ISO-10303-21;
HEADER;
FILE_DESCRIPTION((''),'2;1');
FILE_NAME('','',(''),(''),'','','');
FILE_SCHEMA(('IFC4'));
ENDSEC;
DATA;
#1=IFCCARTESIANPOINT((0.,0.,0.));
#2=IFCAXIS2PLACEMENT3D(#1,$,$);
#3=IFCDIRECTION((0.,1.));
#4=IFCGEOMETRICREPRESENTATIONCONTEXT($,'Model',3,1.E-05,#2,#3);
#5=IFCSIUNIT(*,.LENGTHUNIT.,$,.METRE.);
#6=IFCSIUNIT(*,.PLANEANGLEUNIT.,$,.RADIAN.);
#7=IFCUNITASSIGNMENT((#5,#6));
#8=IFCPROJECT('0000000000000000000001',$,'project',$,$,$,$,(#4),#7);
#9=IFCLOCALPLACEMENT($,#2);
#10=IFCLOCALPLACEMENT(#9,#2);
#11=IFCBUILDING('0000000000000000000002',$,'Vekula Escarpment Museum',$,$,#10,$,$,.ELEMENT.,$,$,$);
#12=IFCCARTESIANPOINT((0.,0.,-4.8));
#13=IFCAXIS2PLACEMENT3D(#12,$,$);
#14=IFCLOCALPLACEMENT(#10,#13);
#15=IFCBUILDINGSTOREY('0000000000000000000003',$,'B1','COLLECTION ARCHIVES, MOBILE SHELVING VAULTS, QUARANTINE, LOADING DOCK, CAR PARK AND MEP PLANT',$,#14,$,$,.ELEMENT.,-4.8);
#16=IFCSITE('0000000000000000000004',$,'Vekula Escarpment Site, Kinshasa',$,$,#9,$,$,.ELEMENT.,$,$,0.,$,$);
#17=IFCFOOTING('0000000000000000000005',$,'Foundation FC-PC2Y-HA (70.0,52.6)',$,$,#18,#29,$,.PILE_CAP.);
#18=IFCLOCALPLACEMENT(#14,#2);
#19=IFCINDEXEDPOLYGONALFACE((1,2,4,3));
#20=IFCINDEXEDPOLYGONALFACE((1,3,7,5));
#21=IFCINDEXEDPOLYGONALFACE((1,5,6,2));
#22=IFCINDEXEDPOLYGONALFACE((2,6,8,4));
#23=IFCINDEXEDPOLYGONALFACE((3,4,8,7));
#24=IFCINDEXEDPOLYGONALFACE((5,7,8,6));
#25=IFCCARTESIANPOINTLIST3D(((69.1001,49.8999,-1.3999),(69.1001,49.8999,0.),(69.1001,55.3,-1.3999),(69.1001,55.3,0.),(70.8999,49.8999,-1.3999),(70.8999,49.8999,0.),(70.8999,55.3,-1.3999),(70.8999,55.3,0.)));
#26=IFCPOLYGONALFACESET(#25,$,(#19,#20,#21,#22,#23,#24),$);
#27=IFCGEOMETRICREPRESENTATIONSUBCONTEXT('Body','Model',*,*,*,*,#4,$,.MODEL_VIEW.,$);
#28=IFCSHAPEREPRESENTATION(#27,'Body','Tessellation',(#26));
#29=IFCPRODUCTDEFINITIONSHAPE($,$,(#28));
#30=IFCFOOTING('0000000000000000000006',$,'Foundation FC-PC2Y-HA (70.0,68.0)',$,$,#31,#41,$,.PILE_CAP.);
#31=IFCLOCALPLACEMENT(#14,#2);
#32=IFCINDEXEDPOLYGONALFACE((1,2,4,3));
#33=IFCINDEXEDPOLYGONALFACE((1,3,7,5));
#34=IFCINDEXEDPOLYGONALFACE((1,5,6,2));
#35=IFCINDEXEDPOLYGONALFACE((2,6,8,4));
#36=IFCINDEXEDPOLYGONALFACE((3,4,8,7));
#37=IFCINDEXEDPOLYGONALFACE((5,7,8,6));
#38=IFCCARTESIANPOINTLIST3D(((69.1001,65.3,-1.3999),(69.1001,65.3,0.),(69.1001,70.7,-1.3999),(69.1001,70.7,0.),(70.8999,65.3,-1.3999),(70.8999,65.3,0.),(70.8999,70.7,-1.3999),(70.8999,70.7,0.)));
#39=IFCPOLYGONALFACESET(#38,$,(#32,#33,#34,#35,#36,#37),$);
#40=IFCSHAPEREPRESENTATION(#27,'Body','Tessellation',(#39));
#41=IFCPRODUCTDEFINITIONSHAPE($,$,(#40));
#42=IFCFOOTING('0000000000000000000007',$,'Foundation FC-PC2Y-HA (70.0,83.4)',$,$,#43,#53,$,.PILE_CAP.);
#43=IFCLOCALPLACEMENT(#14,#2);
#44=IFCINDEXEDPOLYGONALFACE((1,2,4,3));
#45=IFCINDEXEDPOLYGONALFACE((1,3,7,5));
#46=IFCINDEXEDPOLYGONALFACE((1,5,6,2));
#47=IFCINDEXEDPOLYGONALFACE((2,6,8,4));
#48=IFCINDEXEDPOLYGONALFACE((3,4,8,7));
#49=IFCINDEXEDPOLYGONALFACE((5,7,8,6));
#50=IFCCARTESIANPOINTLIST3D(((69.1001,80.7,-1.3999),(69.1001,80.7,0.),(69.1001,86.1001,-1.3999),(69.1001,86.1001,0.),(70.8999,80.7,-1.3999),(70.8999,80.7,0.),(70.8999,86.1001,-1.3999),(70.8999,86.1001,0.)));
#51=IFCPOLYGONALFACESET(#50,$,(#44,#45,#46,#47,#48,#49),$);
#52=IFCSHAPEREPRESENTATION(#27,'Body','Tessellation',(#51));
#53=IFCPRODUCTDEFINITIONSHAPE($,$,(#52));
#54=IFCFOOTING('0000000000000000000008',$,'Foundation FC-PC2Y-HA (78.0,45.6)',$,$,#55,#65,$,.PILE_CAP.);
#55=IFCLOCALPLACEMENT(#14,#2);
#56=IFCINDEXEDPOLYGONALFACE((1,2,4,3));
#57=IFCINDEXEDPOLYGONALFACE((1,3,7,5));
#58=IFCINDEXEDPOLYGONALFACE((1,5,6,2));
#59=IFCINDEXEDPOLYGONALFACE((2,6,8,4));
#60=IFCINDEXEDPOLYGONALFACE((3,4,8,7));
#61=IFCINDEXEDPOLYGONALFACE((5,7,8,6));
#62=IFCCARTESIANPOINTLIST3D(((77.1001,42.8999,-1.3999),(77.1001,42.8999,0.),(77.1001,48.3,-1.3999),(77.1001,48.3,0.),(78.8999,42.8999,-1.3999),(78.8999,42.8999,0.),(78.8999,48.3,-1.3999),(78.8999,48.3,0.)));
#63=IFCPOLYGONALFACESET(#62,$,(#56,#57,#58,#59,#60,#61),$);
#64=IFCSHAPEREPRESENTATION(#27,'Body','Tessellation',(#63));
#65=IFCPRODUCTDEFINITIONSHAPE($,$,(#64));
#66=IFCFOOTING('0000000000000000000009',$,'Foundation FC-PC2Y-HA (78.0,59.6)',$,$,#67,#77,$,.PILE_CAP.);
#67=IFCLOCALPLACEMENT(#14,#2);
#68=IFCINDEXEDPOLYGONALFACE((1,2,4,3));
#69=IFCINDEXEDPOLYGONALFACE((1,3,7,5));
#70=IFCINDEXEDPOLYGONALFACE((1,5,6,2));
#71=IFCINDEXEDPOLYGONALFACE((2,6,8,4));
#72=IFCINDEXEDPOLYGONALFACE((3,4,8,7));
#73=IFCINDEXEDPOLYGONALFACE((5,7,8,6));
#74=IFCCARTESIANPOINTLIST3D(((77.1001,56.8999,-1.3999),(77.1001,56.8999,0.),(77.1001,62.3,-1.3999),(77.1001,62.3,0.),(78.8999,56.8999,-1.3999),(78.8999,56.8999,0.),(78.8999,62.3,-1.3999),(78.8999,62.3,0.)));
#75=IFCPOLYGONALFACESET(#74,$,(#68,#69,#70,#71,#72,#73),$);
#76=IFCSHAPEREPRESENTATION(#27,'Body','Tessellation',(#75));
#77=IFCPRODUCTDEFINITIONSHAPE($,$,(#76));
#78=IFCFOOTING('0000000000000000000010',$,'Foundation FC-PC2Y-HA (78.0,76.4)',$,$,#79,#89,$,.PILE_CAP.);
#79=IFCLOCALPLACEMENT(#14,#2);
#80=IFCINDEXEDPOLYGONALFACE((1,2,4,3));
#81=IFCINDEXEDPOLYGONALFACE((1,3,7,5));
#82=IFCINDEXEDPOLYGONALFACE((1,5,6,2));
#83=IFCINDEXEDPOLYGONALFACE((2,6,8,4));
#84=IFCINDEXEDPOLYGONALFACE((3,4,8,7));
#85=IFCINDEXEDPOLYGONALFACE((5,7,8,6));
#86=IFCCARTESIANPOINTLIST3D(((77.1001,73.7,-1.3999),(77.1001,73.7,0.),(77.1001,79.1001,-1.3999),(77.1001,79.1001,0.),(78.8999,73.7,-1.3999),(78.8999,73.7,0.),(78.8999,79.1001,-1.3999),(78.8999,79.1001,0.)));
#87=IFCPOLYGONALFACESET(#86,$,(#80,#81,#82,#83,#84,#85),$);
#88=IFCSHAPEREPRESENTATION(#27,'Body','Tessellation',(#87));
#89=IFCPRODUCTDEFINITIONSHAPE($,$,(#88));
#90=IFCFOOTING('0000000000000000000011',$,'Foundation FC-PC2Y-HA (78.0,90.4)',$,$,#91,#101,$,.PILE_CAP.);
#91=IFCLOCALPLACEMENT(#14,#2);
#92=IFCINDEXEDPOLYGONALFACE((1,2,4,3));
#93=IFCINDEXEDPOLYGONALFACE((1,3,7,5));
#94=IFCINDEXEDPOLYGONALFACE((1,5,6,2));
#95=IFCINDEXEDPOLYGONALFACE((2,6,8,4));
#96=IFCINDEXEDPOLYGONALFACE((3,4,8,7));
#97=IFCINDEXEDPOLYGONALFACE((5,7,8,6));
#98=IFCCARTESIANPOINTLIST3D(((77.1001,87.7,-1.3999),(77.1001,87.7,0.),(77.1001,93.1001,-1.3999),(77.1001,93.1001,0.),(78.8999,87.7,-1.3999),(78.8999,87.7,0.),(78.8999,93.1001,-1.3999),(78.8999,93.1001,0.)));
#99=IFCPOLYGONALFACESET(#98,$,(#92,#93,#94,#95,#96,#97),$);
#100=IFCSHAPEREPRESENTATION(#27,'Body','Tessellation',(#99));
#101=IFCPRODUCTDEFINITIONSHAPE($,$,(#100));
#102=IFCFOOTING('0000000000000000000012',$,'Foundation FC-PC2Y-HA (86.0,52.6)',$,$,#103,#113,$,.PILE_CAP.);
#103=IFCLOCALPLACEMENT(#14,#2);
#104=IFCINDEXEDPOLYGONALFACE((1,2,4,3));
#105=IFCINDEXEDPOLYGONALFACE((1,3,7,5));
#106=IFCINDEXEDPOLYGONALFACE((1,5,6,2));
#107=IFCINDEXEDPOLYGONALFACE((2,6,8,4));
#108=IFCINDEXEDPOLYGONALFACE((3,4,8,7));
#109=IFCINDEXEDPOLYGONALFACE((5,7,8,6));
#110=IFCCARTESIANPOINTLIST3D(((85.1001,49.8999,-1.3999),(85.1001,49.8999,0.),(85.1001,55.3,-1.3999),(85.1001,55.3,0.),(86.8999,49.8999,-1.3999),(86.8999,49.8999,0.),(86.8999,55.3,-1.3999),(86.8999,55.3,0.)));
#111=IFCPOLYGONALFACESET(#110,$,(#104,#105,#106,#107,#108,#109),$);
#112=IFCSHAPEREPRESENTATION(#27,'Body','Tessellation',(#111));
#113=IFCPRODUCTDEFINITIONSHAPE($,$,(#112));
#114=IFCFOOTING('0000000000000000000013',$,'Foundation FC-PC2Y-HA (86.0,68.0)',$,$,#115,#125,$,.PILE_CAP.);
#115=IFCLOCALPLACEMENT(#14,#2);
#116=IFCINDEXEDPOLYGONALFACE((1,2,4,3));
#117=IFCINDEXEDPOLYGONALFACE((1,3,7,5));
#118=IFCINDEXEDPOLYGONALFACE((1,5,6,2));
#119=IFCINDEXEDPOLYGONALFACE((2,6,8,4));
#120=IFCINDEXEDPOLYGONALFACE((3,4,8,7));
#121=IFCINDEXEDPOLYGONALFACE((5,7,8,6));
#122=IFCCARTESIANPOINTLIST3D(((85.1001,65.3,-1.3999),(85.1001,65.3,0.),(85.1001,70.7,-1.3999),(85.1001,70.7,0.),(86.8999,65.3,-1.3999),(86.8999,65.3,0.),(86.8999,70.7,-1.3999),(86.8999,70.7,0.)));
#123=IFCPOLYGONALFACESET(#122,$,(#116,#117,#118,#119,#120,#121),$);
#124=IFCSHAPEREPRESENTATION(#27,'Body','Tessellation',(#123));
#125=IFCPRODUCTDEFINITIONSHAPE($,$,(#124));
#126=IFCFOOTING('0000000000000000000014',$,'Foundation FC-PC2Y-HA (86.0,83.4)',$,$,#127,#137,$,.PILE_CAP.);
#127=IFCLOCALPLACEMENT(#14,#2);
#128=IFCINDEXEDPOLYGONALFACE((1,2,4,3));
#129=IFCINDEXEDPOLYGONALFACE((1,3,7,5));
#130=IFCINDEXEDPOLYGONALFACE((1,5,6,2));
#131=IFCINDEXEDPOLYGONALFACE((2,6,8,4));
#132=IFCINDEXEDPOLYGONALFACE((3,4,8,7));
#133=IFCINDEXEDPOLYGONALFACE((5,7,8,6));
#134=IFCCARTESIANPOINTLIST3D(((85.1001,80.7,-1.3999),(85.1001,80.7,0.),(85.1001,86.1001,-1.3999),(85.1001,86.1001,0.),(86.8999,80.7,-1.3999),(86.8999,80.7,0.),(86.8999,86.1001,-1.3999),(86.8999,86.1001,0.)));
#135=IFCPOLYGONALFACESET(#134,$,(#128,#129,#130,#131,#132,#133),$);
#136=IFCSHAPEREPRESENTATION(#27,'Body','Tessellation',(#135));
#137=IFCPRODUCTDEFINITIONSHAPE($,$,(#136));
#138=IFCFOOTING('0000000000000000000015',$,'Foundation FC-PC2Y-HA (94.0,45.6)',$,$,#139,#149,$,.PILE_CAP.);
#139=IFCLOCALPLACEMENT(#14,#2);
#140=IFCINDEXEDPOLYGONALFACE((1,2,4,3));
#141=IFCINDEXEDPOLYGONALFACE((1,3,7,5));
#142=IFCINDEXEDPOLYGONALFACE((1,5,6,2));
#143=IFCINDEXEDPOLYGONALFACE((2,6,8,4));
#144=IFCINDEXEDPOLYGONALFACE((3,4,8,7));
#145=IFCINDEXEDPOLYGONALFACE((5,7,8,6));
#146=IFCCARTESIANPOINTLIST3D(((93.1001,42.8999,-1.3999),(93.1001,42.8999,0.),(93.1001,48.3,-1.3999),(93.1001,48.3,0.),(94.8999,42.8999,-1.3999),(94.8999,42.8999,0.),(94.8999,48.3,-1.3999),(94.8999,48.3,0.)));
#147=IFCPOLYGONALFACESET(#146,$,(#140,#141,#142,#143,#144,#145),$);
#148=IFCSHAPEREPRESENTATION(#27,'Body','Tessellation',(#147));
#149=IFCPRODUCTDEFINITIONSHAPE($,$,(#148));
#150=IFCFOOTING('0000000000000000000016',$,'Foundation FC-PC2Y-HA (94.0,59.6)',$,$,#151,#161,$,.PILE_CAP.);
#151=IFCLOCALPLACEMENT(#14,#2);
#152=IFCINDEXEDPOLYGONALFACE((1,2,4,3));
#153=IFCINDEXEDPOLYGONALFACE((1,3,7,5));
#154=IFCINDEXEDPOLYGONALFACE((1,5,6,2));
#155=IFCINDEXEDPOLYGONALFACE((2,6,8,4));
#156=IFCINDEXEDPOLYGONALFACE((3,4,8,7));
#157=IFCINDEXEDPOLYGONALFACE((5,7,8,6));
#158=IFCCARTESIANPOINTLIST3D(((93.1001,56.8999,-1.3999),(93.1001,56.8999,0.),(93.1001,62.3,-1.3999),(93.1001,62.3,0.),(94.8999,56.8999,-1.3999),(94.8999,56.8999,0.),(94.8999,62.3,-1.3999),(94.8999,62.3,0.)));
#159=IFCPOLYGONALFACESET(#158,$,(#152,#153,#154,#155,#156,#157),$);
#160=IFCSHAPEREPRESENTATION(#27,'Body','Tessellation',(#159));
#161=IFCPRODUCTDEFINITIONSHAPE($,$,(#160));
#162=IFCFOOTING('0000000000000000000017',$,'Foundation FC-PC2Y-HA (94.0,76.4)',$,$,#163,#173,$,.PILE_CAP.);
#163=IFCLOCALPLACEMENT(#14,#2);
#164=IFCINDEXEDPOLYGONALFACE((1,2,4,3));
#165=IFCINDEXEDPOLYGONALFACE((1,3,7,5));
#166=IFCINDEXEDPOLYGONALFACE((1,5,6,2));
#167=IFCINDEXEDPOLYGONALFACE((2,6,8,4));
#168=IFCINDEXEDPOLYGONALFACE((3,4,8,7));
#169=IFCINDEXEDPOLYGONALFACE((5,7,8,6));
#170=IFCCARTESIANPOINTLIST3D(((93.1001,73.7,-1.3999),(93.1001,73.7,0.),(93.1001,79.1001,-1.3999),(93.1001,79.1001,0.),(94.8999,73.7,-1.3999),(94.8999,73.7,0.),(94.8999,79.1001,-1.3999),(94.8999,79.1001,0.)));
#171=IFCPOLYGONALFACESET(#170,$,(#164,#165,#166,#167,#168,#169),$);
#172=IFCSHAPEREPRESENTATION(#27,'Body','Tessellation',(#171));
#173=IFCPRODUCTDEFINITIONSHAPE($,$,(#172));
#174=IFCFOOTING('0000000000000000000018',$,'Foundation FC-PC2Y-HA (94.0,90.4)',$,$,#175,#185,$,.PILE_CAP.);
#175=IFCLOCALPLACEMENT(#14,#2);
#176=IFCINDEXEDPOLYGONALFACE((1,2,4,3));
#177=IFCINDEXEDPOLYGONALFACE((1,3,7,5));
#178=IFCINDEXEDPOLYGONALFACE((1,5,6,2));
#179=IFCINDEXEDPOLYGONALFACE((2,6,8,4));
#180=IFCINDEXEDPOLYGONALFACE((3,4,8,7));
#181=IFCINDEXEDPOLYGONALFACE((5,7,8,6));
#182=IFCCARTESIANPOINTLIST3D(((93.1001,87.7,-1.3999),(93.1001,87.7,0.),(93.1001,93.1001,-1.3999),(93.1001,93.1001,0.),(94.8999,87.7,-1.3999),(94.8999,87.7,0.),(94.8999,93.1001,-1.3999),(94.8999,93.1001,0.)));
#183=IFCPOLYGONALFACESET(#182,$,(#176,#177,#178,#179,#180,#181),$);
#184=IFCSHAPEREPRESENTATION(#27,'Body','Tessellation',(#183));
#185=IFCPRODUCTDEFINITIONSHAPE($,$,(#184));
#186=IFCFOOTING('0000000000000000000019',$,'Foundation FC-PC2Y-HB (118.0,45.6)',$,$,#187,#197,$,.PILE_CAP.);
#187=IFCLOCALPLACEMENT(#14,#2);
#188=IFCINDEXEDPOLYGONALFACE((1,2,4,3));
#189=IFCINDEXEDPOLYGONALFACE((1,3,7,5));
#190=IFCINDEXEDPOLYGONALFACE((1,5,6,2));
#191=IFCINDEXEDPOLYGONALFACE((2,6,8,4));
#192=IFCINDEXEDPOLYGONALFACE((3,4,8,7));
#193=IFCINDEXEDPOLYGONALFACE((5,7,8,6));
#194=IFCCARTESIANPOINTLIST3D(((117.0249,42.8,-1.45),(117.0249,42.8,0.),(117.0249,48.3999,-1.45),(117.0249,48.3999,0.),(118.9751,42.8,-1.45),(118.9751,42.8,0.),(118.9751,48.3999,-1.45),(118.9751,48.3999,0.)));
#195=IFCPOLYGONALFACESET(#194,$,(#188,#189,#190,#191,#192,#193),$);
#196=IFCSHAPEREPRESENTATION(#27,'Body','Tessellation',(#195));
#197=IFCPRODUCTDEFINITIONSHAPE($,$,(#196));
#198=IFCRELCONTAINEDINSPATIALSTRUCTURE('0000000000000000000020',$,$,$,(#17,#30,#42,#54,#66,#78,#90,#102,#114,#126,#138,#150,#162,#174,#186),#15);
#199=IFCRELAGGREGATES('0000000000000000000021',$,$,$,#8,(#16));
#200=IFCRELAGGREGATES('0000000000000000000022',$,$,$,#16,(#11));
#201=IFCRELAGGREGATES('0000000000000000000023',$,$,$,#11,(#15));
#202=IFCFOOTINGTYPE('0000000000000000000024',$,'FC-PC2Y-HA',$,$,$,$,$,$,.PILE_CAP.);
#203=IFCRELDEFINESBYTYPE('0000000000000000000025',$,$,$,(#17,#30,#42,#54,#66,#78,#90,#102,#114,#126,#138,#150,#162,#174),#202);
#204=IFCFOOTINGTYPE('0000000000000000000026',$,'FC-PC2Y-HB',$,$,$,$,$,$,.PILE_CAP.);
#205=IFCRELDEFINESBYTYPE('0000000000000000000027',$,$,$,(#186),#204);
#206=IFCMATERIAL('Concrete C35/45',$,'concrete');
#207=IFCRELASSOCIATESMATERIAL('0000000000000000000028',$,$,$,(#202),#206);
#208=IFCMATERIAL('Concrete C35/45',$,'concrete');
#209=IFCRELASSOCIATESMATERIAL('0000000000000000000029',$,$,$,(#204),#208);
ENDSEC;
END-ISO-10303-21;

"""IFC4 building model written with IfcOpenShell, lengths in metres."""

from ifc_helpers import new_model, si_unit, direction, frame, origin, place, context, subcontext, project, spatial, polyline, outline, extrude, material, type_object, element, save


model = new_model("IFC4")

# Units and contexts
model_context = context("Model", 3, precision=1e-05, world=origin(), true_north=direction((0.0, 1.0)))
body_context = subcontext(model_context, "Body", "Model", "MODEL_VIEW")
ifc_project = project(units=[si_unit("LENGTHUNIT", "METRE"), si_unit("PLANEANGLEUNIT", "RADIAN")], contexts=[model_context])

# Site, building, storey
site_placement = place(None, origin())
site = spatial("IfcSite", under=ifc_project, at=site_placement, Name="Vekula Escarpment Site, Kinshasa", CompositionType="ELEMENT", RefElevation=0.0)
building_placement = place(site_placement, origin())
building = spatial("IfcBuilding", under=site, at=building_placement, Name="Vekula Escarpment Museum", CompositionType="ELEMENT")
storey_placement = place(building_placement, frame((0.0, 0.0, -4.8)))
storey = spatial("IfcBuildingStorey", under=building, at=storey_placement, Name="B1", Description="COLLECTION ARCHIVES, MOBILE SHELVING VAULTS, QUARANTINE, LOADING DOCK, CAR PARK AND MEP PLANT", CompositionType="ELEMENT", Elevation=-4.8)

# Footings
ifc_material_1 = material(Name="Concrete C35/45", Category="concrete")
footing_type_1 = type_object("IfcFootingType", Name="FC-PC2Y-HA", PredefinedType="PILE_CAP", material=ifc_material_1)
footing_1_placement = place(storey_placement, frame((0.0, 0.0, -1.3999)))
element("IfcFooting", 1, at=footing_1_placement, inside=storey, type_object=footing_type_1, Name="Foundation FC-PC2Y-HA (70.0,52.6)", PredefinedType="PILE_CAP", context=body_context, shape_type="SweptSolid", body=[
    extrude(outline(polyline([(69.1001, 49.8999), (70.8999, 49.8999), (70.8999, 55.3), (69.1001, 55.3), (69.1001, 49.8999)])), origin(), (0.0, 0.0, 1.0), 1.3999),
])
footing_2_placement = place(storey_placement, frame((0.0, 0.0, -1.3999)))
element("IfcFooting", 2, at=footing_2_placement, inside=storey, type_object=footing_type_1, Name="Foundation FC-PC2Y-HA (70.0,68.0)", PredefinedType="PILE_CAP", context=body_context, shape_type="SweptSolid", body=[
    extrude(outline(polyline([(69.1001, 65.3), (70.8999, 65.3), (70.8999, 70.7), (69.1001, 70.7), (69.1001, 65.3)])), origin(), (0.0, 0.0, 1.0), 1.3999),
])
footing_3_placement = place(storey_placement, frame((0.0, 0.0, -1.3999)))
element("IfcFooting", 3, at=footing_3_placement, inside=storey, type_object=footing_type_1, Name="Foundation FC-PC2Y-HA (70.0,83.4)", PredefinedType="PILE_CAP", context=body_context, shape_type="SweptSolid", body=[
    extrude(outline(polyline([(69.1001, 80.7), (70.8999, 80.7), (70.8999, 86.1001), (69.1001, 86.1001), (69.1001, 80.7)])), origin(), (0.0, 0.0, 1.0), 1.3999),
])
footing_4_placement = place(storey_placement, frame((0.0, 0.0, -1.3999)))
element("IfcFooting", 4, at=footing_4_placement, inside=storey, type_object=footing_type_1, Name="Foundation FC-PC2Y-HA (78.0,45.6)", PredefinedType="PILE_CAP", context=body_context, shape_type="SweptSolid", body=[
    extrude(outline(polyline([(77.1001, 42.8999), (78.8999, 42.8999), (78.8999, 48.3), (77.1001, 48.3), (77.1001, 42.8999)])), origin(), (0.0, 0.0, 1.0), 1.3999),
])
footing_5_placement = place(storey_placement, frame((0.0, 0.0, -1.3999)))
element("IfcFooting", 5, at=footing_5_placement, inside=storey, type_object=footing_type_1, Name="Foundation FC-PC2Y-HA (78.0,59.6)", PredefinedType="PILE_CAP", context=body_context, shape_type="SweptSolid", body=[
    extrude(outline(polyline([(77.1001, 56.8999), (78.8999, 56.8999), (78.8999, 62.3), (77.1001, 62.3), (77.1001, 56.8999)])), origin(), (0.0, 0.0, 1.0), 1.3999),
])
footing_6_placement = place(storey_placement, frame((0.0, 0.0, -1.3999)))
element("IfcFooting", 6, at=footing_6_placement, inside=storey, type_object=footing_type_1, Name="Foundation FC-PC2Y-HA (78.0,76.4)", PredefinedType="PILE_CAP", context=body_context, shape_type="SweptSolid", body=[
    extrude(outline(polyline([(77.1001, 73.7), (78.8999, 73.7), (78.8999, 79.1001), (77.1001, 79.1001), (77.1001, 73.7)])), origin(), (0.0, 0.0, 1.0), 1.3999),
])
footing_7_placement = place(storey_placement, frame((0.0, 0.0, -1.3999)))
element("IfcFooting", 7, at=footing_7_placement, inside=storey, type_object=footing_type_1, Name="Foundation FC-PC2Y-HA (78.0,90.4)", PredefinedType="PILE_CAP", context=body_context, shape_type="SweptSolid", body=[
    extrude(outline(polyline([(77.1001, 87.7), (78.8999, 87.7), (78.8999, 93.1001), (77.1001, 93.1001), (77.1001, 87.7)])), origin(), (0.0, 0.0, 1.0), 1.3999),
])
footing_8_placement = place(storey_placement, frame((0.0, 0.0, -1.3999)))
element("IfcFooting", 8, at=footing_8_placement, inside=storey, type_object=footing_type_1, Name="Foundation FC-PC2Y-HA (86.0,52.6)", PredefinedType="PILE_CAP", context=body_context, shape_type="SweptSolid", body=[
    extrude(outline(polyline([(85.1001, 49.8999), (86.8999, 49.8999), (86.8999, 55.3), (85.1001, 55.3), (85.1001, 49.8999)])), origin(), (0.0, 0.0, 1.0), 1.3999),
])
footing_9_placement = place(storey_placement, frame((0.0, 0.0, -1.3999)))
element("IfcFooting", 9, at=footing_9_placement, inside=storey, type_object=footing_type_1, Name="Foundation FC-PC2Y-HA (86.0,68.0)", PredefinedType="PILE_CAP", context=body_context, shape_type="SweptSolid", body=[
    extrude(outline(polyline([(85.1001, 65.3), (86.8999, 65.3), (86.8999, 70.7), (85.1001, 70.7), (85.1001, 65.3)])), origin(), (0.0, 0.0, 1.0), 1.3999),
])
footing_10_placement = place(storey_placement, frame((0.0, 0.0, -1.3999)))
element("IfcFooting", 10, at=footing_10_placement, inside=storey, type_object=footing_type_1, Name="Foundation FC-PC2Y-HA (86.0,83.4)", PredefinedType="PILE_CAP", context=body_context, shape_type="SweptSolid", body=[
    extrude(outline(polyline([(85.1001, 80.7), (86.8999, 80.7), (86.8999, 86.1001), (85.1001, 86.1001), (85.1001, 80.7)])), origin(), (0.0, 0.0, 1.0), 1.3999),
])
footing_11_placement = place(storey_placement, frame((0.0, 0.0, -1.3999)))
element("IfcFooting", 11, at=footing_11_placement, inside=storey, type_object=footing_type_1, Name="Foundation FC-PC2Y-HA (94.0,45.6)", PredefinedType="PILE_CAP", context=body_context, shape_type="SweptSolid", body=[
    extrude(outline(polyline([(93.1001, 42.8999), (94.8999, 42.8999), (94.8999, 48.3), (93.1001, 48.3), (93.1001, 42.8999)])), origin(), (0.0, 0.0, 1.0), 1.3999),
])
footing_12_placement = place(storey_placement, frame((0.0, 0.0, -1.3999)))
element("IfcFooting", 12, at=footing_12_placement, inside=storey, type_object=footing_type_1, Name="Foundation FC-PC2Y-HA (94.0,59.6)", PredefinedType="PILE_CAP", context=body_context, shape_type="SweptSolid", body=[
    extrude(outline(polyline([(93.1001, 56.8999), (94.8999, 56.8999), (94.8999, 62.3), (93.1001, 62.3), (93.1001, 56.8999)])), origin(), (0.0, 0.0, 1.0), 1.3999),
])
footing_13_placement = place(storey_placement, frame((0.0, 0.0, -1.3999)))
element("IfcFooting", 13, at=footing_13_placement, inside=storey, type_object=footing_type_1, Name="Foundation FC-PC2Y-HA (94.0,76.4)", PredefinedType="PILE_CAP", context=body_context, shape_type="SweptSolid", body=[
    extrude(outline(polyline([(93.1001, 73.7), (94.8999, 73.7), (94.8999, 79.1001), (93.1001, 79.1001), (93.1001, 73.7)])), origin(), (0.0, 0.0, 1.0), 1.3999),
])
footing_14_placement = place(storey_placement, frame((0.0, 0.0, -1.3999)))
element("IfcFooting", 14, at=footing_14_placement, inside=storey, type_object=footing_type_1, Name="Foundation FC-PC2Y-HA (94.0,90.4)", PredefinedType="PILE_CAP", context=body_context, shape_type="SweptSolid", body=[
    extrude(outline(polyline([(93.1001, 87.7), (94.8999, 87.7), (94.8999, 93.1001), (93.1001, 93.1001), (93.1001, 87.7)])), origin(), (0.0, 0.0, 1.0), 1.3999),
])
ifc_material_2 = material(Name="Concrete C35/45", Category="concrete")
footing_type_2 = type_object("IfcFootingType", Name="FC-PC2Y-HB", PredefinedType="PILE_CAP", material=ifc_material_2)
footing_15_placement = place(storey_placement, frame((0.0, 0.0, -1.45)))
element("IfcFooting", 15, at=footing_15_placement, inside=storey, type_object=footing_type_2, Name="Foundation FC-PC2Y-HB (118.0,45.6)", PredefinedType="PILE_CAP", context=body_context, shape_type="SweptSolid", body=[
    extrude(outline(polyline([(117.0249, 42.8), (118.9751, 42.8), (118.9751, 48.3999), (117.0249, 48.3999), (117.0249, 42.8)])), origin(), (0.0, 0.0, 1.0), 1.45),
])

save(model, "model.ifc")
